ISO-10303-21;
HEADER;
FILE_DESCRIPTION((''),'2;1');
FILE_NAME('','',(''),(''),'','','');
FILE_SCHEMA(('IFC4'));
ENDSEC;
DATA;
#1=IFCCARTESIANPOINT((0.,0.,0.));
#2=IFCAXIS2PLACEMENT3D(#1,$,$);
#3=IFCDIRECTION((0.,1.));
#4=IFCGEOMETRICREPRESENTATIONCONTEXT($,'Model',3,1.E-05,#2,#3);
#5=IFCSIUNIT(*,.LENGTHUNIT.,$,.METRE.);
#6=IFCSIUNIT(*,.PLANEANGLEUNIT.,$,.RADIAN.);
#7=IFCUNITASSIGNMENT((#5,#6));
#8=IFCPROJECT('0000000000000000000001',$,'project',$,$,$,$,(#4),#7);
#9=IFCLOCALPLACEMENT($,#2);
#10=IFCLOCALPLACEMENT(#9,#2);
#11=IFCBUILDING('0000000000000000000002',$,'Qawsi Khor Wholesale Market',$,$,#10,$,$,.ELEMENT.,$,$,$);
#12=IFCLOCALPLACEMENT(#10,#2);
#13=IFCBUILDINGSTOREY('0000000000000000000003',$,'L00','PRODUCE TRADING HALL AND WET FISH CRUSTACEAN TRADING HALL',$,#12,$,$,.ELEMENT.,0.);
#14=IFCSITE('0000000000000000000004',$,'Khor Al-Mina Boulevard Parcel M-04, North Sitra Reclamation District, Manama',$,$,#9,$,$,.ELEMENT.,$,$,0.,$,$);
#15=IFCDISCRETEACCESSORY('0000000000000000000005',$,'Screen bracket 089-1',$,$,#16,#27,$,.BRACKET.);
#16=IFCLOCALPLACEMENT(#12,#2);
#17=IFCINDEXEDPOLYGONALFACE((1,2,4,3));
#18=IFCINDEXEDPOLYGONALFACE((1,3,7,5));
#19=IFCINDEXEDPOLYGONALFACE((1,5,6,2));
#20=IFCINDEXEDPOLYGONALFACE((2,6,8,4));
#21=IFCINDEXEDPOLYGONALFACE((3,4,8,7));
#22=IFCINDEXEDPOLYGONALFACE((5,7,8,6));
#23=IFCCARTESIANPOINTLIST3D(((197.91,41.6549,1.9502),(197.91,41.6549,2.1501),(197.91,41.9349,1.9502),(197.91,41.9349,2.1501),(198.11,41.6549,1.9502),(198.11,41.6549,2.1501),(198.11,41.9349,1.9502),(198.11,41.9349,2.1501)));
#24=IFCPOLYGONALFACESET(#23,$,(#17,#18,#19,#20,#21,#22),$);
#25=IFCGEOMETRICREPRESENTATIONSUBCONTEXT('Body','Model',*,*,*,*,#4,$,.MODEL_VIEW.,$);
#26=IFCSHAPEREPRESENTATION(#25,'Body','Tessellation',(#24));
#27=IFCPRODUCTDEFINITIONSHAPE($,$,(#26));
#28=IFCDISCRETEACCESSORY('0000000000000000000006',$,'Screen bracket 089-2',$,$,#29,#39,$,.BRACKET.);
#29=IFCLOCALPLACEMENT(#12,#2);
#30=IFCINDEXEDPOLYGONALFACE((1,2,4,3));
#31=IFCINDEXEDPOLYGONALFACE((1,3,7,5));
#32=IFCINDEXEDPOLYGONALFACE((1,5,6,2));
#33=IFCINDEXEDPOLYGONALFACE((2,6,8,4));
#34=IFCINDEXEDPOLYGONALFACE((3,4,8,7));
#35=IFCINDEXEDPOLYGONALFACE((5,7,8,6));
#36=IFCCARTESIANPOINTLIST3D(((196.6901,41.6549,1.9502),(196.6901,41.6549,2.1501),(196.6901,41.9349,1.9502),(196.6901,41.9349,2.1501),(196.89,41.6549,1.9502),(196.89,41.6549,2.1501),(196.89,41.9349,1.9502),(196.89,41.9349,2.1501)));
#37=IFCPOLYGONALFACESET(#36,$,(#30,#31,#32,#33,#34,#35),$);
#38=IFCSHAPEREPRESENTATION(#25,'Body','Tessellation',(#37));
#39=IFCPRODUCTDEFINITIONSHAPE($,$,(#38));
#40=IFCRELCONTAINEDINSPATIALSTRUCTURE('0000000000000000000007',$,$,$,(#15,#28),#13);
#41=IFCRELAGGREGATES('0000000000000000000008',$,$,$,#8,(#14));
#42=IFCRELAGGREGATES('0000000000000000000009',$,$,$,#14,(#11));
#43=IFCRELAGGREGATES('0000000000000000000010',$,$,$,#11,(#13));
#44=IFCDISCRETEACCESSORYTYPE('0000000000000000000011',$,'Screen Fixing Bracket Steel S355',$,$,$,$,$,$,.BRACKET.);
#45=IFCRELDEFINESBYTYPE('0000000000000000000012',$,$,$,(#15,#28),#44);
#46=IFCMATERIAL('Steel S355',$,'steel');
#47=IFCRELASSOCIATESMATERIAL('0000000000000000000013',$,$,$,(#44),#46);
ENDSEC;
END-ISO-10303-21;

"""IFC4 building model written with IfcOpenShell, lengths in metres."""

from ifc_helpers import new_model, si_unit, direction, frame, origin, origin_2d, place, context, subcontext, project, spatial, rectangle, extrude, material, type_object, element, save


model = new_model("IFC4")

# Units and contexts
model_context = context("Model", 3, precision=1e-05, world=origin(), true_north=direction((0.0, 1.0)))
body_context = subcontext(model_context, "Body", "Model", "MODEL_VIEW")
ifc_project = project(units=[si_unit("LENGTHUNIT", "METRE"), si_unit("PLANEANGLEUNIT", "RADIAN")], contexts=[model_context])

# Site, building, storey
site_placement = place(None, origin())
site = spatial("IfcSite", under=ifc_project, at=site_placement, Name="Khor Al-Mina Boulevard Parcel M-04, North Sitra Reclamation District, Manama", CompositionType="ELEMENT", RefElevation=0.0)
building_placement = place(site_placement, origin())
building = spatial("IfcBuilding", under=site, at=building_placement, Name="Qawsi Khor Wholesale Market", CompositionType="ELEMENT")
storey_placement = place(building_placement, origin())
storey = spatial("IfcBuildingStorey", under=building, at=storey_placement, Name="L00", Description="PRODUCE TRADING HALL AND WET FISH CRUSTACEAN TRADING HALL", CompositionType="ELEMENT", Elevation=0.0)

# Discrete accessories
ifc_material_1 = material(Name="Steel S355", Category="steel")
discrete_accessory_type = type_object("IfcDiscreteAccessoryType", Name="Screen Fixing Bracket Steel S355", PredefinedType="BRACKET", material=ifc_material_1)
for number, where, z_axis, x_axis, name in (
    (1, (198.01, 41.7949, 1.9502), (0.0, 0.0, 1.0), (1.0, 0.0, 0.0), "Screen bracket 089-1"),
    (2, (196.79, 41.7949, 1.9502), (0.0, 0.0, 1.0), (1.0, 0.0, 0.0), "Screen bracket 089-2"),
):
    element("IfcDiscreteAccessory", number, at=place(storey_placement, frame(where, z_axis=z_axis, x_axis=x_axis)), inside=storey, type_object=discrete_accessory_type, Name=name, PredefinedType="BRACKET", context=body_context, shape_type="SweptSolid", body=[
        extrude(rectangle(XDim=0.2, YDim=0.28, at=origin_2d()), origin(), (0.0, 0.0, 1.0), 0.2),
    ])

save(model, "model.ifc")
